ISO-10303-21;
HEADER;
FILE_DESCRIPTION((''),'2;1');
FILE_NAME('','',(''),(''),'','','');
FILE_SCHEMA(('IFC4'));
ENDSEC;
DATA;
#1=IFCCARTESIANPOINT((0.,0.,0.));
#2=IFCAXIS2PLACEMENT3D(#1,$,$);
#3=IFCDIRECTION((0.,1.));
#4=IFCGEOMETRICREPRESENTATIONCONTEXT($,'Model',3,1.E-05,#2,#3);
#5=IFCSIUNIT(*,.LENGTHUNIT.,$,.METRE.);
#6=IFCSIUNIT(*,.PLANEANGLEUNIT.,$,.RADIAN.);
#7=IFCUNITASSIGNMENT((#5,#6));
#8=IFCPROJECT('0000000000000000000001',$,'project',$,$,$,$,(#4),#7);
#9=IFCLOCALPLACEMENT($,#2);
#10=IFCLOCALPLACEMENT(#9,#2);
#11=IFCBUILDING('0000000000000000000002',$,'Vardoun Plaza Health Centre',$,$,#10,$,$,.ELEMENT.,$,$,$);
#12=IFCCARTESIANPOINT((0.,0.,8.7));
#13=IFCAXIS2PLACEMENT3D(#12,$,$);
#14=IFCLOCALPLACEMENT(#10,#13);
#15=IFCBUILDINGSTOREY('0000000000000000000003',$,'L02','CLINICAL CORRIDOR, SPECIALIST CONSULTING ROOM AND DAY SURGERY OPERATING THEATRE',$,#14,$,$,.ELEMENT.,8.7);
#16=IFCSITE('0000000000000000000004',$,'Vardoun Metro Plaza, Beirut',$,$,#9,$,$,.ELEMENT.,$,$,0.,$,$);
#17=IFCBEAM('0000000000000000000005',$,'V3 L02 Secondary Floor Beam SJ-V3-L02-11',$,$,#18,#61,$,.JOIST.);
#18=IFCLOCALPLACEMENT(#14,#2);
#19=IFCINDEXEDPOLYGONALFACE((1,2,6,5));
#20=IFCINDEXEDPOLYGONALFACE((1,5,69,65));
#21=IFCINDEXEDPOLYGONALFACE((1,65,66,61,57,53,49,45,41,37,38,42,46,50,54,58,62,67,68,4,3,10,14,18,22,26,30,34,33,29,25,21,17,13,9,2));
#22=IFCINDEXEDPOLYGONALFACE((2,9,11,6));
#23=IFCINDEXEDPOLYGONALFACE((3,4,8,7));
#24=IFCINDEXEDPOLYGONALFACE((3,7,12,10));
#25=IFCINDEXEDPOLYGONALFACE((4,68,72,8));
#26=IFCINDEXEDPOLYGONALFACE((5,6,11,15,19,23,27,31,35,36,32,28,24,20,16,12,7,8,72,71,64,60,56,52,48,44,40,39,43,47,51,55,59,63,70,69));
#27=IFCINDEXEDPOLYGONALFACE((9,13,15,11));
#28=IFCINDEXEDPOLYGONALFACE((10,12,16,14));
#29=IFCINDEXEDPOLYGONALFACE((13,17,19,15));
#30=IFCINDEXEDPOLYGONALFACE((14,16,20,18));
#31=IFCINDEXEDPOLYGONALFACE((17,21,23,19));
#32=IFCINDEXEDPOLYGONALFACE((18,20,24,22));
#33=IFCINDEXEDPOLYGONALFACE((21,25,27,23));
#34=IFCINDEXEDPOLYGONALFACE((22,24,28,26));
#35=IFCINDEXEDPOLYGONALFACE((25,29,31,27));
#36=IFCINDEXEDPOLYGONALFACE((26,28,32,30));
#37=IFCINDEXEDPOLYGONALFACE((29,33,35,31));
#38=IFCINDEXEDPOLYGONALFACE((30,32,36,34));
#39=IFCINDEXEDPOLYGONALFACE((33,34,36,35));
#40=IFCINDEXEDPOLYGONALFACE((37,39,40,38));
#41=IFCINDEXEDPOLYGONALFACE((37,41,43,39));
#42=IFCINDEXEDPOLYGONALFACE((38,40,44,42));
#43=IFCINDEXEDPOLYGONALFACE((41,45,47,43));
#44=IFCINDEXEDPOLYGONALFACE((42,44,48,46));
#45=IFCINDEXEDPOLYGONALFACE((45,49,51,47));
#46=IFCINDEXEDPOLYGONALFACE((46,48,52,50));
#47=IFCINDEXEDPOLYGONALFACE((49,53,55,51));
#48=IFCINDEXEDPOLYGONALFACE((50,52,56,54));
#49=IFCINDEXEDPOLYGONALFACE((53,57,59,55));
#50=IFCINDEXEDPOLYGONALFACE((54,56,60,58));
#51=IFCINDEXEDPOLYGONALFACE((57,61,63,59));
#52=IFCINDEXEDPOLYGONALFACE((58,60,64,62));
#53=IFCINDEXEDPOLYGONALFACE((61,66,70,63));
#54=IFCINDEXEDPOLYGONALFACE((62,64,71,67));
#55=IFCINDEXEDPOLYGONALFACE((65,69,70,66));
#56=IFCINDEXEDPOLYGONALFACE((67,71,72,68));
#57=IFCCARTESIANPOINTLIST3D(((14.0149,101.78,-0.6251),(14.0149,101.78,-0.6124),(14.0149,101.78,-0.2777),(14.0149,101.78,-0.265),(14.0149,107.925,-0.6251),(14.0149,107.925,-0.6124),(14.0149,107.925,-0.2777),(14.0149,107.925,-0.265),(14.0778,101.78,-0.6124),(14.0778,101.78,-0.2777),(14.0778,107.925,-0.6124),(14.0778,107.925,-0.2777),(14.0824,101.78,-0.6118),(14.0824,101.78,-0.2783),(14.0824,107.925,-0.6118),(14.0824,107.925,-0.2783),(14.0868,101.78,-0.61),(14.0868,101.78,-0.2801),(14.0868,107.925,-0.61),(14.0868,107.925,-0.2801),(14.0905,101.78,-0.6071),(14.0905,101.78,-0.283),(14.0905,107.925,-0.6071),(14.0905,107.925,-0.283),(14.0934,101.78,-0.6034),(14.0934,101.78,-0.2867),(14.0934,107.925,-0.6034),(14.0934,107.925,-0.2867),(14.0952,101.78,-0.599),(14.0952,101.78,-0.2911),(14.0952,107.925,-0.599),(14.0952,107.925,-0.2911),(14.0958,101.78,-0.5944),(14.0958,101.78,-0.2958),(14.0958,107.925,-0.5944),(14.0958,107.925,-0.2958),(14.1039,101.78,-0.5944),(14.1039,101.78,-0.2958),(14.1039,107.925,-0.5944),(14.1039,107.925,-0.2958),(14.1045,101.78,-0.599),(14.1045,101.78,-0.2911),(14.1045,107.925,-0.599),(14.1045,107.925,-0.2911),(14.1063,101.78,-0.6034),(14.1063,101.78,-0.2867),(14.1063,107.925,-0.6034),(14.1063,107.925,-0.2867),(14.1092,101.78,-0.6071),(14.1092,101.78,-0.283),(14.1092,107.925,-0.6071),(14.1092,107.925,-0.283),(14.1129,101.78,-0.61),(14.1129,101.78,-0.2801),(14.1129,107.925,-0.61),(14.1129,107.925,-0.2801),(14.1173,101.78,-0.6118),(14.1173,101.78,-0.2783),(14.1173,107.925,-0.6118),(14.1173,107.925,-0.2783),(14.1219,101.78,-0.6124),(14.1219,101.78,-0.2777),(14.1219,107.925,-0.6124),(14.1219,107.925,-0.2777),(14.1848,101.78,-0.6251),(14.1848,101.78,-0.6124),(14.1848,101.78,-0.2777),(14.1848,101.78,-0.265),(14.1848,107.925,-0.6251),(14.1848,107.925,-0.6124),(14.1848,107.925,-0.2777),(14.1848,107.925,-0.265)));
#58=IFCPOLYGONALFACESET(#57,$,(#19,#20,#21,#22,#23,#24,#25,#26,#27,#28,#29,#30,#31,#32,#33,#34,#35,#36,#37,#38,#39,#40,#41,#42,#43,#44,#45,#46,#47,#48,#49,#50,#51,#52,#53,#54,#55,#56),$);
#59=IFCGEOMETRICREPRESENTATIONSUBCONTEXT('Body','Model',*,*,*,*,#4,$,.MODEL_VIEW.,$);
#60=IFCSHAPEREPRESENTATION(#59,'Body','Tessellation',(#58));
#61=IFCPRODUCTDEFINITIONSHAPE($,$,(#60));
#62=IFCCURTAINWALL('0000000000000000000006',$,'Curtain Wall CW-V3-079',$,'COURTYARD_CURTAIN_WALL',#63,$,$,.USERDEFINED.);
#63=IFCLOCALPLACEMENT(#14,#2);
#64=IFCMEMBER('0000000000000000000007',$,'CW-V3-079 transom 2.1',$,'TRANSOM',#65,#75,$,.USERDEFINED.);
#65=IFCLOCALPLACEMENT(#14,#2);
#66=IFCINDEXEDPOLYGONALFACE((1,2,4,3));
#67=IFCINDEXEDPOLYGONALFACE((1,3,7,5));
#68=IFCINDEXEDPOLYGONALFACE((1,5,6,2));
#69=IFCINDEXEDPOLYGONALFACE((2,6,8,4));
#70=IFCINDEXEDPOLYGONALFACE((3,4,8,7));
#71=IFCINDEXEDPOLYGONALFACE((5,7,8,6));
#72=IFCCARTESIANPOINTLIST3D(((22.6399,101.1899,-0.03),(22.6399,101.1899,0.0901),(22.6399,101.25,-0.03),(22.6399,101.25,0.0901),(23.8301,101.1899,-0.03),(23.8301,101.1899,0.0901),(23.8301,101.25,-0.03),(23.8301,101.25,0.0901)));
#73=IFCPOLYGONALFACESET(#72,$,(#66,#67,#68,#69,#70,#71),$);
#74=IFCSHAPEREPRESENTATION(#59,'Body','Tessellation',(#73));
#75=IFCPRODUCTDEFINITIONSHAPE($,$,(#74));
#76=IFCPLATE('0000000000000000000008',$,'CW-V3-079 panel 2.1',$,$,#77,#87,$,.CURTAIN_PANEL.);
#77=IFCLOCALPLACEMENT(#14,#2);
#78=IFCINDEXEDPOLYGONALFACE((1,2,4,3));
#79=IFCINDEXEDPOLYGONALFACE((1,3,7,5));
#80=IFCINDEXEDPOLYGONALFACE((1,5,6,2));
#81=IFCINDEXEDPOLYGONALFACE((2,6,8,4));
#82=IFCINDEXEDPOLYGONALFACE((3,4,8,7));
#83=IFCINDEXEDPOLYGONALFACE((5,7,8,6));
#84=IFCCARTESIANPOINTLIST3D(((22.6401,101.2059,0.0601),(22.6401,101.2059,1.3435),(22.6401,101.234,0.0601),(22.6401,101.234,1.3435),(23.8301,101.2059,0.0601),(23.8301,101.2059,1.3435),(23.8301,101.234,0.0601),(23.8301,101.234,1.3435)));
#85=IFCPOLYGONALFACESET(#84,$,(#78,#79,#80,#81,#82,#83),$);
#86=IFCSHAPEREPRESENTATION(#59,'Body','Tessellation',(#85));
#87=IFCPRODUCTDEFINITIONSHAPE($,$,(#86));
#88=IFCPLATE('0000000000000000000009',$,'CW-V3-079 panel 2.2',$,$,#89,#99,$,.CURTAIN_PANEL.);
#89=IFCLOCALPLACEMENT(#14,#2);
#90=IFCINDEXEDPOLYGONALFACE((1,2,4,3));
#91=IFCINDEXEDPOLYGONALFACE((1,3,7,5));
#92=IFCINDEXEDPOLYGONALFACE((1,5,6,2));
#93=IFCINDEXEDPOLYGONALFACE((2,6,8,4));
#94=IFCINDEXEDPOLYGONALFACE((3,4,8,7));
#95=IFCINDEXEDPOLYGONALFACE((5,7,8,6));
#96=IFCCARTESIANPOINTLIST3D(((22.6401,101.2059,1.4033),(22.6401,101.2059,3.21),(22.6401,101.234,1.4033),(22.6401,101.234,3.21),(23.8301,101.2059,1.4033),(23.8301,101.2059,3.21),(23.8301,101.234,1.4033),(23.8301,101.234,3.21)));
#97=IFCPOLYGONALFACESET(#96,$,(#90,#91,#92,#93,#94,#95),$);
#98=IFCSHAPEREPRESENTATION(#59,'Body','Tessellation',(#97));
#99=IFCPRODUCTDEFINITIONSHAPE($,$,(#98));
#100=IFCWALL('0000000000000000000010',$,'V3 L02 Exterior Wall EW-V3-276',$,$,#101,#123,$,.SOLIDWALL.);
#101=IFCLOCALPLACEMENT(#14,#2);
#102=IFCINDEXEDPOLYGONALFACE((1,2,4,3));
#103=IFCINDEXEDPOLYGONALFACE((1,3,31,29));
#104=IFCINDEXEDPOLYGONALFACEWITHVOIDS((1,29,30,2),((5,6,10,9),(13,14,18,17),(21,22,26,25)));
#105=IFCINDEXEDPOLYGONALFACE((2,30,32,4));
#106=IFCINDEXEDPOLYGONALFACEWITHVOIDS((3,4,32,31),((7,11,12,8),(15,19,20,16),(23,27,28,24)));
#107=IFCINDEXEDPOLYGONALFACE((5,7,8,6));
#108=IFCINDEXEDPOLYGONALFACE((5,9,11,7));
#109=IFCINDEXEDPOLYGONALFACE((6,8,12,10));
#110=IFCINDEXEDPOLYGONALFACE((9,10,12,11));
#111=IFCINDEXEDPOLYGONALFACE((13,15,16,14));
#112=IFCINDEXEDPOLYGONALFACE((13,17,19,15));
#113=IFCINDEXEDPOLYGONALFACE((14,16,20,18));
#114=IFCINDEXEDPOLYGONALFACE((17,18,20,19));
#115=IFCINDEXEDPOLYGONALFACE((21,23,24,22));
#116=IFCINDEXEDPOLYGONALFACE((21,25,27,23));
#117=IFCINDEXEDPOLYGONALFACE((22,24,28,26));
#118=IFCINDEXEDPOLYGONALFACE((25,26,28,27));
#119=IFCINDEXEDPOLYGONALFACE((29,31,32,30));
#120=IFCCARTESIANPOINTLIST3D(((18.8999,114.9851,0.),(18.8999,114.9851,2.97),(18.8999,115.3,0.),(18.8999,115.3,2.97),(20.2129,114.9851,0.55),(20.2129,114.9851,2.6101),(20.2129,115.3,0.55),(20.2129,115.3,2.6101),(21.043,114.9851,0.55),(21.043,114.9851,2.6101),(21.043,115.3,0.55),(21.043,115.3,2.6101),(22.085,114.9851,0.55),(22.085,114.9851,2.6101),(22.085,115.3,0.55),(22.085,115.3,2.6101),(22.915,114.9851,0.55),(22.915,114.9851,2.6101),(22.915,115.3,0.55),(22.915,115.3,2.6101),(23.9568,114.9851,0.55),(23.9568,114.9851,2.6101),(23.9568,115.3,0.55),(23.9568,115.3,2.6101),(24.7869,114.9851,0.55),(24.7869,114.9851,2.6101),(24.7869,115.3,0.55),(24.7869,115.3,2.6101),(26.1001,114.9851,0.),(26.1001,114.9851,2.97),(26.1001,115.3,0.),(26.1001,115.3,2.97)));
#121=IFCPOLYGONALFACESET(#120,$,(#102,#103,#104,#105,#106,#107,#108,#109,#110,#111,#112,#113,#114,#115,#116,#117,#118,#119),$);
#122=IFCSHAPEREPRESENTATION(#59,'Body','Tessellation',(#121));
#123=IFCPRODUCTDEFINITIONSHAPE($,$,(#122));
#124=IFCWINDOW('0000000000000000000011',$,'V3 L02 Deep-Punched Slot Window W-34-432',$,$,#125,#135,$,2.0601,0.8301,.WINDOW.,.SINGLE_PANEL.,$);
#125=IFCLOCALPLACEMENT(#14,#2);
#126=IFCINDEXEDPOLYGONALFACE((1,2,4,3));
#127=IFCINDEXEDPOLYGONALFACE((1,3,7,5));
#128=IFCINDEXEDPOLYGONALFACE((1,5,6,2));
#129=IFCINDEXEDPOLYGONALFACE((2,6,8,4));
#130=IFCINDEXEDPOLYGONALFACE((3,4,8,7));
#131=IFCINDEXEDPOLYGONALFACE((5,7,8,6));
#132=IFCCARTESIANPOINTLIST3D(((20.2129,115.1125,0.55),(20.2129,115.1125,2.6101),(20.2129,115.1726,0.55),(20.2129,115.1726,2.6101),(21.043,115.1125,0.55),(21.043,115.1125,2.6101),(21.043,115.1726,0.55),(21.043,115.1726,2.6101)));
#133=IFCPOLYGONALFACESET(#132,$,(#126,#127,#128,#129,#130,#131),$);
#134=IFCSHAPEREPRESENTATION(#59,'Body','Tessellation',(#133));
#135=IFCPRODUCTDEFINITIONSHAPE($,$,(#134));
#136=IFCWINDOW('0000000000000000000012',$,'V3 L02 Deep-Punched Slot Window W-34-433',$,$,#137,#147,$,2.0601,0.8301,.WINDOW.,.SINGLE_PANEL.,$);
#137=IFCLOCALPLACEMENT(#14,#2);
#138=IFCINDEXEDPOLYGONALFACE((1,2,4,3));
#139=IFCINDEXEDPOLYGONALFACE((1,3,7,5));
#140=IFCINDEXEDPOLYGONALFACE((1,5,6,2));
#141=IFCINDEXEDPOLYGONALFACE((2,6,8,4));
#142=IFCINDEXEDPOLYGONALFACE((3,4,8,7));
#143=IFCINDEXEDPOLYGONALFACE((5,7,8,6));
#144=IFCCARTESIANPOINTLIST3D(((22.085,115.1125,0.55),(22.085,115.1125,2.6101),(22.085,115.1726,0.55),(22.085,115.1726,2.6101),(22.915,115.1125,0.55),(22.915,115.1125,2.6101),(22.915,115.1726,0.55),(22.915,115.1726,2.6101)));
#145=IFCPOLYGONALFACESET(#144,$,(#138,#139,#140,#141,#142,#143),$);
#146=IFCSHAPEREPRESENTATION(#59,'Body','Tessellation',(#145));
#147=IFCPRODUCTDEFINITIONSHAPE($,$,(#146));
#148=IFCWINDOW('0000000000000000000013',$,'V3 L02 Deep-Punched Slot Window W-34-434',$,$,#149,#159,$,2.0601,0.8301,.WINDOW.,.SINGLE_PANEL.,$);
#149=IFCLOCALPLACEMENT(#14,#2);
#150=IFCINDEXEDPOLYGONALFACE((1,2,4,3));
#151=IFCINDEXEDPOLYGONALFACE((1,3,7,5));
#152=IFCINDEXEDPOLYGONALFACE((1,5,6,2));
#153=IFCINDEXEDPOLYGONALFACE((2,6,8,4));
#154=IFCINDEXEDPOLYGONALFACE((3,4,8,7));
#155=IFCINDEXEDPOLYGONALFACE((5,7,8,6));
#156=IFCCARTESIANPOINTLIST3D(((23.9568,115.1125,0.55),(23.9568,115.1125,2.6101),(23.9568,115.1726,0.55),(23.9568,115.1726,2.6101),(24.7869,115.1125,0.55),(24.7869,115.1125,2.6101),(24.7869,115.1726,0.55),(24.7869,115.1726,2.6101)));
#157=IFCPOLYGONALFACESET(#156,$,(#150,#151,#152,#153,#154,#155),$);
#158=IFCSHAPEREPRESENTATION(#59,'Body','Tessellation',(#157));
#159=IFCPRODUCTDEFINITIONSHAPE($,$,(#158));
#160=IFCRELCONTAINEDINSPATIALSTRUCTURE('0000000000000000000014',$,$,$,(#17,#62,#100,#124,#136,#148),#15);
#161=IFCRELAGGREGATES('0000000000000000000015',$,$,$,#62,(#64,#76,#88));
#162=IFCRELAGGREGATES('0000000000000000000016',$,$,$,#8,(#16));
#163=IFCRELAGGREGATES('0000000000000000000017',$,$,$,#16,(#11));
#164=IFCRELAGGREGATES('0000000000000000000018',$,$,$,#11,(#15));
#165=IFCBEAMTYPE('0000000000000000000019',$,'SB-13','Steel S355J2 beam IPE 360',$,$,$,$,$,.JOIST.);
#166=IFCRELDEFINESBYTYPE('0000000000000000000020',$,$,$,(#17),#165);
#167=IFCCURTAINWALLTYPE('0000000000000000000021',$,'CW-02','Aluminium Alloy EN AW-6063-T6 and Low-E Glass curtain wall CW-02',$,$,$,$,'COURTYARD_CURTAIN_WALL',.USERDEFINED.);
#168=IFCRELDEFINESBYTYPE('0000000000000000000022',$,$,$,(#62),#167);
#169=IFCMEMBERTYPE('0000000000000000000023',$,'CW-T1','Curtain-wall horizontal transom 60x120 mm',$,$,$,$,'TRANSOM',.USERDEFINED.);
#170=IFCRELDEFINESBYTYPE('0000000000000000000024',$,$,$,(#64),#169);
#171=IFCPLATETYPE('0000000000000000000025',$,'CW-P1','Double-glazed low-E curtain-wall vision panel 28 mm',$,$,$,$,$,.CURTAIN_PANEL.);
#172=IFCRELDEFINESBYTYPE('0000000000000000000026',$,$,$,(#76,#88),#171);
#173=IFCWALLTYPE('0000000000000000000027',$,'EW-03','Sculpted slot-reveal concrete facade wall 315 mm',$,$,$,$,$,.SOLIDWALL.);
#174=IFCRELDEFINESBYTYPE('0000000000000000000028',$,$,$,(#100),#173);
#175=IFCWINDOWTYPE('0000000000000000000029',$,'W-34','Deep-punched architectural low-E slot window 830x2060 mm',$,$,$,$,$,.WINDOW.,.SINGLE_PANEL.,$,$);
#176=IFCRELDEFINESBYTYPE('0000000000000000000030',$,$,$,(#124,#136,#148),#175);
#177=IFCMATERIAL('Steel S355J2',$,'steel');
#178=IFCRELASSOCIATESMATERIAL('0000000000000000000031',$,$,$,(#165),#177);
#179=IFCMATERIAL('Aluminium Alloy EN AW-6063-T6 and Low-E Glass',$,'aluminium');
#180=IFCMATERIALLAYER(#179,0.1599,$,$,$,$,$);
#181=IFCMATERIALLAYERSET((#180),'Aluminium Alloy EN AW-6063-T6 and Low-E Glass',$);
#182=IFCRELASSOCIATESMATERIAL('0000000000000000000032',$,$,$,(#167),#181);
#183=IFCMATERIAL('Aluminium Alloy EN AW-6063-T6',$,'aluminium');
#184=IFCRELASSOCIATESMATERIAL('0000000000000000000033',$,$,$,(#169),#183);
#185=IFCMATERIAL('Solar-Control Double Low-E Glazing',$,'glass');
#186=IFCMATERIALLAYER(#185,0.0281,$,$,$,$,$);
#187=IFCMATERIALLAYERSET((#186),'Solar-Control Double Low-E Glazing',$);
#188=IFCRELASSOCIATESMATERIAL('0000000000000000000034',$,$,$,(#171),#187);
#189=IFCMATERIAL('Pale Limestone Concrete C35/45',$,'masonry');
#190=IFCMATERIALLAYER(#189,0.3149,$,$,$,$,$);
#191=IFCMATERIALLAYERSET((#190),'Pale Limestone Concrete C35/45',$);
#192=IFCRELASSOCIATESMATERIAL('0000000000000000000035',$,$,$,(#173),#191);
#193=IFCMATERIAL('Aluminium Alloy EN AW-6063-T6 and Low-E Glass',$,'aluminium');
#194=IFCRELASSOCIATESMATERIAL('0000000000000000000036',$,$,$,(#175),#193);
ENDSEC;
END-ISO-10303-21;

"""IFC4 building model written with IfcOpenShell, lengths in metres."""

from ifc_helpers import new_model, si_unit, direction, frame, frame_2d, origin, origin_2d, place, context, subcontext, project, spatial, rectangle, i_section, extrude, material, layer, layer_set, material_profile, profile_set, type_object, element, fill, aggregate, save


model = new_model("IFC4")

# Units and contexts
model_context = context("Model", 3, precision=1e-05, world=origin(), true_north=direction((0.0, 1.0)))
body_context = subcontext(model_context, "Body", "Model", "MODEL_VIEW")
ifc_project = project(units=[si_unit("LENGTHUNIT", "METRE"), si_unit("PLANEANGLEUNIT", "RADIAN")], contexts=[model_context])

# Site, building, storey
site_placement = place(None, origin())
site = spatial("IfcSite", under=ifc_project, at=site_placement, Name="Vardoun Metro Plaza, Beirut", CompositionType="ELEMENT", RefElevation=0.0)
building_placement = place(site_placement, origin())
building = spatial("IfcBuilding", under=site, at=building_placement, Name="Vardoun Plaza Health Centre", CompositionType="ELEMENT")
storey_placement = place(building_placement, frame((0.0, 0.0, 8.7)))
storey = spatial("IfcBuildingStorey", under=building, at=storey_placement, Name="L02", Description="CLINICAL CORRIDOR, SPECIALIST CONSULTING ROOM AND DAY SURGERY OPERATING THEATRE", CompositionType="ELEMENT", Elevation=8.7)

# Beam
ifc_material_1 = material(Name="Steel S355J2", Category="steel")
ifc_material_profile_1 = material_profile(ifc_material_1, i_section(OverallWidth=0.1699, OverallDepth=0.3601, WebThickness=0.0081, FlangeThickness=0.0127, FilletRadius=0.0181, at=origin_2d()), Name="IPE 360")
ifc_profile_set_1 = profile_set([ifc_material_profile_1], Name="Steel S355J2")
beam_type_1 = type_object("IfcBeamType", Name="SB-13", Description="Steel S355J2 beam IPE 360", PredefinedType="JOIST", material=ifc_profile_set_1)
beam_1_placement = place(storey_placement, frame((14.0999, 101.78, -0.4451), z_axis=(0.0, 1.0, 0.0), x_axis=(-1.0, 0.0, 0.0)))
element("IfcBeam", 1, at=beam_1_placement, inside=storey, type_object=beam_type_1, Name="V3 L02 Secondary Floor Beam SJ-V3-L02-11", PredefinedType="JOIST", context=body_context, shape_type="SweptSolid", body=[
    extrude(i_section(OverallWidth=0.1699, OverallDepth=0.3601, WebThickness=0.0081, FlangeThickness=0.0127, FilletRadius=0.0181, at=origin_2d()), origin(), (0.0, 0.0, 1.0), 6.145),
])

# Curtain wall, member, plates
ifc_material_2 = material(Name="Aluminium Alloy EN AW-6063-T6 and Low-E Glass", Category="aluminium")
ifc_layer_1 = layer(ifc_material_2, 0.1599)
ifc_layer_set_1 = layer_set([ifc_layer_1], Name="Aluminium Alloy EN AW-6063-T6 and Low-E Glass")
curtain_wall_type = type_object("IfcCurtainWallType", Name="CW-02", Description="Aluminium Alloy EN AW-6063-T6 and Low-E Glass curtain wall CW-02", ElementType="COURTYARD_CURTAIN_WALL", PredefinedType="USERDEFINED", material=ifc_layer_set_1)
curtain_wall_placement = place(storey_placement, origin())
curtain_wall = element("IfcCurtainWall", 2, at=curtain_wall_placement, inside=storey, type_object=curtain_wall_type, Name="Curtain Wall CW-V3-079", ObjectType="COURTYARD_CURTAIN_WALL", PredefinedType="USERDEFINED")
ifc_material_3 = material(Name="Aluminium Alloy EN AW-6063-T6", Category="aluminium")
ifc_material_profile_2 = material_profile(ifc_material_3, rectangle(XDim=0.0601, YDim=0.1201, at=origin_2d()), Name="CWT 60x120")
ifc_profile_set_2 = profile_set([ifc_material_profile_2], Name="Aluminium Alloy EN AW-6063-T6")
member_type = type_object("IfcMemberType", Name="CW-T1", Description="Curtain-wall horizontal transom 60x120 mm", ElementType="TRANSOM", PredefinedType="USERDEFINED", material=ifc_profile_set_2)
member_placement = place(storey_placement, frame((23.8301, 101.22, 0.03), z_axis=(-1.0, 0.0, 0.0), x_axis=(0.0, -1.0, 0.0)))
member = element("IfcMember", 3, at=member_placement, type_object=member_type, Name="CW-V3-079 transom 2.1", ObjectType="TRANSOM", PredefinedType="USERDEFINED", context=body_context, shape_type="SweptSolid", body=[
    extrude(rectangle(XDim=0.0601, YDim=0.1201, at=origin_2d()), origin(), (0.0, 0.0, 1.0), 1.1902),
])
ifc_material_4 = material(Name="Solar-Control Double Low-E Glazing", Category="glass")
ifc_layer_2 = layer(ifc_material_4, 0.0281)
ifc_layer_set_2 = layer_set([ifc_layer_2], Name="Solar-Control Double Low-E Glazing")
plate_type = type_object("IfcPlateType", Name="CW-P1", Description="Double-glazed low-E curtain-wall vision panel 28 mm", PredefinedType="CURTAIN_PANEL", material=ifc_layer_set_2)
plate_1_placement = place(storey_placement, frame((23.2351, 101.22, 0.0601), z_axis=(0.0, 0.0, 1.0), x_axis=(-1.0, 0.0, 0.0)))
plate_1 = element("IfcPlate", 4, at=plate_1_placement, type_object=plate_type, Name="CW-V3-079 panel 2.1", PredefinedType="CURTAIN_PANEL", context=body_context, shape_type="SweptSolid", body=[
    extrude(rectangle(XDim=1.1899, YDim=0.0281, at=origin_2d()), origin(), (0.0, 0.0, 1.0), 1.2834),
])
plate_2_placement = place(storey_placement, frame((23.2351, 101.22, 1.4033), z_axis=(0.0, 0.0, 1.0), x_axis=(-1.0, 0.0, 0.0)))
plate_2 = element("IfcPlate", 5, at=plate_2_placement, type_object=plate_type, Name="CW-V3-079 panel 2.2", PredefinedType="CURTAIN_PANEL", context=body_context, shape_type="SweptSolid", body=[
    extrude(rectangle(XDim=1.1899, YDim=0.0281, at=origin_2d()), origin(), (0.0, 0.0, 1.0), 1.8066),
])
aggregate(curtain_wall, [member, plate_1, plate_2])

# Wall, openings, windows
ifc_material_5 = material(Name="Pale Limestone Concrete C35/45", Category="masonry")
ifc_layer_3 = layer(ifc_material_5, 0.3149)
ifc_layer_set_3 = layer_set([ifc_layer_3], Name="Pale Limestone Concrete C35/45")
wall_type_1 = type_object("IfcWallType", Name="EW-03", Description="Sculpted slot-reveal concrete facade wall 315 mm", PredefinedType="SOLIDWALL", material=ifc_layer_set_3)
wall_1_placement = place(storey_placement, frame((18.8999, 115.1426, 0.0), z_axis=(0.0, 0.0, 1.0), x_axis=(1.0, 0.0, 0.0)))
wall_1 = element("IfcWall", 6, at=wall_1_placement, inside=storey, type_object=wall_type_1, Name="V3 L02 Exterior Wall EW-V3-276", PredefinedType="SOLIDWALL", context=body_context, shape_type="SweptSolid", body=[
    extrude(rectangle(XDim=7.2002, YDim=0.3149, at=frame_2d((3.6001, 0.0))), origin(), (0.0, 0.0, 1.0), 2.97),
])
opening_1_placement = place(wall_1_placement, frame((1.313, 0.0, 0.55)))
opening_1 = element("IfcOpeningElement", 7, at=opening_1_placement, cuts=wall_1, PredefinedType="OPENING", context=body_context, shape_type="SweptSolid", body=[
    extrude(rectangle(XDim=0.8301, YDim=2.0601, at=frame_2d((0.415, 1.03))), frame((0.0, 0.1575, 0.0), z_axis=(0.0, -1.0, 0.0), x_axis=(1.0, 0.0, 0.0)), (0.0, 0.0, 1.0), 0.3149),
])
opening_2_placement = place(wall_1_placement, frame((3.1851, 0.0, 0.55)))
opening_2 = element("IfcOpeningElement", 8, at=opening_2_placement, cuts=wall_1, PredefinedType="OPENING", context=body_context, shape_type="SweptSolid", body=[
    extrude(rectangle(XDim=0.8301, YDim=2.0601, at=frame_2d((0.415, 1.03))), frame((0.0, 0.1575, 0.0), z_axis=(0.0, -1.0, 0.0), x_axis=(1.0, 0.0, 0.0)), (0.0, 0.0, 1.0), 0.3149),
])
opening_3_placement = place(wall_1_placement, frame((5.0569, 0.0, 0.55)))
opening_3 = element("IfcOpeningElement", 9, at=opening_3_placement, cuts=wall_1, PredefinedType="OPENING", context=body_context, shape_type="SweptSolid", body=[
    extrude(rectangle(XDim=0.8301, YDim=2.0601, at=frame_2d((0.415, 1.03))), frame((0.0, 0.1575, 0.0), z_axis=(0.0, -1.0, 0.0), x_axis=(1.0, 0.0, 0.0)), (0.0, 0.0, 1.0), 0.3149),
])
ifc_material_6 = material(Name="Aluminium Alloy EN AW-6063-T6 and Low-E Glass", Category="aluminium")
window_type = type_object("IfcWindowType", Name="W-34", Description="Deep-punched architectural low-E slot window 830x2060 mm", PartitioningType="SINGLE_PANEL", PredefinedType="WINDOW", material=ifc_material_6)
window_1_placement = place(opening_1_placement, origin())
window_1 = element("IfcWindow", 10, at=window_1_placement, inside=storey, type_object=window_type, Name="V3 L02 Deep-Punched Slot Window W-34-432", OverallHeight=2.0601, OverallWidth=0.8301, PartitioningType="SINGLE_PANEL", PredefinedType="WINDOW", context=body_context, shape_type="SweptSolid", body=[
    extrude(rectangle(XDim=0.8301, YDim=2.0601, at=frame_2d((0.415, 1.03))), frame((0.0, 0.03, 0.0), z_axis=(0.0, -1.0, 0.0), x_axis=(1.0, 0.0, 0.0)), (0.0, 0.0, 1.0), 0.0601),
])
fill(opening_1, window_1)
window_2_placement = place(opening_2_placement, origin())
window_2 = element("IfcWindow", 11, at=window_2_placement, inside=storey, type_object=window_type, Name="V3 L02 Deep-Punched Slot Window W-34-433", OverallHeight=2.0601, OverallWidth=0.8301, PartitioningType="SINGLE_PANEL", PredefinedType="WINDOW", context=body_context, shape_type="SweptSolid", body=[
    extrude(rectangle(XDim=0.8301, YDim=2.0601, at=frame_2d((0.415, 1.03))), frame((0.0, 0.03, 0.0), z_axis=(0.0, -1.0, 0.0), x_axis=(1.0, 0.0, 0.0)), (0.0, 0.0, 1.0), 0.0601),
])
fill(opening_2, window_2)
window_3_placement = place(opening_3_placement, origin())
window_3 = element("IfcWindow", 12, at=window_3_placement, inside=storey, type_object=window_type, Name="V3 L02 Deep-Punched Slot Window W-34-434", OverallHeight=2.0601, OverallWidth=0.8301, PartitioningType="SINGLE_PANEL", PredefinedType="WINDOW", context=body_context, shape_type="SweptSolid", body=[
    extrude(rectangle(XDim=0.8301, YDim=2.0601, at=frame_2d((0.415, 1.03))), frame((0.0, 0.03, 0.0), z_axis=(0.0, -1.0, 0.0), x_axis=(1.0, 0.0, 0.0)), (0.0, 0.0, 1.0), 0.0601),
])
fill(opening_3, window_3)

save(model, "model.ifc")
